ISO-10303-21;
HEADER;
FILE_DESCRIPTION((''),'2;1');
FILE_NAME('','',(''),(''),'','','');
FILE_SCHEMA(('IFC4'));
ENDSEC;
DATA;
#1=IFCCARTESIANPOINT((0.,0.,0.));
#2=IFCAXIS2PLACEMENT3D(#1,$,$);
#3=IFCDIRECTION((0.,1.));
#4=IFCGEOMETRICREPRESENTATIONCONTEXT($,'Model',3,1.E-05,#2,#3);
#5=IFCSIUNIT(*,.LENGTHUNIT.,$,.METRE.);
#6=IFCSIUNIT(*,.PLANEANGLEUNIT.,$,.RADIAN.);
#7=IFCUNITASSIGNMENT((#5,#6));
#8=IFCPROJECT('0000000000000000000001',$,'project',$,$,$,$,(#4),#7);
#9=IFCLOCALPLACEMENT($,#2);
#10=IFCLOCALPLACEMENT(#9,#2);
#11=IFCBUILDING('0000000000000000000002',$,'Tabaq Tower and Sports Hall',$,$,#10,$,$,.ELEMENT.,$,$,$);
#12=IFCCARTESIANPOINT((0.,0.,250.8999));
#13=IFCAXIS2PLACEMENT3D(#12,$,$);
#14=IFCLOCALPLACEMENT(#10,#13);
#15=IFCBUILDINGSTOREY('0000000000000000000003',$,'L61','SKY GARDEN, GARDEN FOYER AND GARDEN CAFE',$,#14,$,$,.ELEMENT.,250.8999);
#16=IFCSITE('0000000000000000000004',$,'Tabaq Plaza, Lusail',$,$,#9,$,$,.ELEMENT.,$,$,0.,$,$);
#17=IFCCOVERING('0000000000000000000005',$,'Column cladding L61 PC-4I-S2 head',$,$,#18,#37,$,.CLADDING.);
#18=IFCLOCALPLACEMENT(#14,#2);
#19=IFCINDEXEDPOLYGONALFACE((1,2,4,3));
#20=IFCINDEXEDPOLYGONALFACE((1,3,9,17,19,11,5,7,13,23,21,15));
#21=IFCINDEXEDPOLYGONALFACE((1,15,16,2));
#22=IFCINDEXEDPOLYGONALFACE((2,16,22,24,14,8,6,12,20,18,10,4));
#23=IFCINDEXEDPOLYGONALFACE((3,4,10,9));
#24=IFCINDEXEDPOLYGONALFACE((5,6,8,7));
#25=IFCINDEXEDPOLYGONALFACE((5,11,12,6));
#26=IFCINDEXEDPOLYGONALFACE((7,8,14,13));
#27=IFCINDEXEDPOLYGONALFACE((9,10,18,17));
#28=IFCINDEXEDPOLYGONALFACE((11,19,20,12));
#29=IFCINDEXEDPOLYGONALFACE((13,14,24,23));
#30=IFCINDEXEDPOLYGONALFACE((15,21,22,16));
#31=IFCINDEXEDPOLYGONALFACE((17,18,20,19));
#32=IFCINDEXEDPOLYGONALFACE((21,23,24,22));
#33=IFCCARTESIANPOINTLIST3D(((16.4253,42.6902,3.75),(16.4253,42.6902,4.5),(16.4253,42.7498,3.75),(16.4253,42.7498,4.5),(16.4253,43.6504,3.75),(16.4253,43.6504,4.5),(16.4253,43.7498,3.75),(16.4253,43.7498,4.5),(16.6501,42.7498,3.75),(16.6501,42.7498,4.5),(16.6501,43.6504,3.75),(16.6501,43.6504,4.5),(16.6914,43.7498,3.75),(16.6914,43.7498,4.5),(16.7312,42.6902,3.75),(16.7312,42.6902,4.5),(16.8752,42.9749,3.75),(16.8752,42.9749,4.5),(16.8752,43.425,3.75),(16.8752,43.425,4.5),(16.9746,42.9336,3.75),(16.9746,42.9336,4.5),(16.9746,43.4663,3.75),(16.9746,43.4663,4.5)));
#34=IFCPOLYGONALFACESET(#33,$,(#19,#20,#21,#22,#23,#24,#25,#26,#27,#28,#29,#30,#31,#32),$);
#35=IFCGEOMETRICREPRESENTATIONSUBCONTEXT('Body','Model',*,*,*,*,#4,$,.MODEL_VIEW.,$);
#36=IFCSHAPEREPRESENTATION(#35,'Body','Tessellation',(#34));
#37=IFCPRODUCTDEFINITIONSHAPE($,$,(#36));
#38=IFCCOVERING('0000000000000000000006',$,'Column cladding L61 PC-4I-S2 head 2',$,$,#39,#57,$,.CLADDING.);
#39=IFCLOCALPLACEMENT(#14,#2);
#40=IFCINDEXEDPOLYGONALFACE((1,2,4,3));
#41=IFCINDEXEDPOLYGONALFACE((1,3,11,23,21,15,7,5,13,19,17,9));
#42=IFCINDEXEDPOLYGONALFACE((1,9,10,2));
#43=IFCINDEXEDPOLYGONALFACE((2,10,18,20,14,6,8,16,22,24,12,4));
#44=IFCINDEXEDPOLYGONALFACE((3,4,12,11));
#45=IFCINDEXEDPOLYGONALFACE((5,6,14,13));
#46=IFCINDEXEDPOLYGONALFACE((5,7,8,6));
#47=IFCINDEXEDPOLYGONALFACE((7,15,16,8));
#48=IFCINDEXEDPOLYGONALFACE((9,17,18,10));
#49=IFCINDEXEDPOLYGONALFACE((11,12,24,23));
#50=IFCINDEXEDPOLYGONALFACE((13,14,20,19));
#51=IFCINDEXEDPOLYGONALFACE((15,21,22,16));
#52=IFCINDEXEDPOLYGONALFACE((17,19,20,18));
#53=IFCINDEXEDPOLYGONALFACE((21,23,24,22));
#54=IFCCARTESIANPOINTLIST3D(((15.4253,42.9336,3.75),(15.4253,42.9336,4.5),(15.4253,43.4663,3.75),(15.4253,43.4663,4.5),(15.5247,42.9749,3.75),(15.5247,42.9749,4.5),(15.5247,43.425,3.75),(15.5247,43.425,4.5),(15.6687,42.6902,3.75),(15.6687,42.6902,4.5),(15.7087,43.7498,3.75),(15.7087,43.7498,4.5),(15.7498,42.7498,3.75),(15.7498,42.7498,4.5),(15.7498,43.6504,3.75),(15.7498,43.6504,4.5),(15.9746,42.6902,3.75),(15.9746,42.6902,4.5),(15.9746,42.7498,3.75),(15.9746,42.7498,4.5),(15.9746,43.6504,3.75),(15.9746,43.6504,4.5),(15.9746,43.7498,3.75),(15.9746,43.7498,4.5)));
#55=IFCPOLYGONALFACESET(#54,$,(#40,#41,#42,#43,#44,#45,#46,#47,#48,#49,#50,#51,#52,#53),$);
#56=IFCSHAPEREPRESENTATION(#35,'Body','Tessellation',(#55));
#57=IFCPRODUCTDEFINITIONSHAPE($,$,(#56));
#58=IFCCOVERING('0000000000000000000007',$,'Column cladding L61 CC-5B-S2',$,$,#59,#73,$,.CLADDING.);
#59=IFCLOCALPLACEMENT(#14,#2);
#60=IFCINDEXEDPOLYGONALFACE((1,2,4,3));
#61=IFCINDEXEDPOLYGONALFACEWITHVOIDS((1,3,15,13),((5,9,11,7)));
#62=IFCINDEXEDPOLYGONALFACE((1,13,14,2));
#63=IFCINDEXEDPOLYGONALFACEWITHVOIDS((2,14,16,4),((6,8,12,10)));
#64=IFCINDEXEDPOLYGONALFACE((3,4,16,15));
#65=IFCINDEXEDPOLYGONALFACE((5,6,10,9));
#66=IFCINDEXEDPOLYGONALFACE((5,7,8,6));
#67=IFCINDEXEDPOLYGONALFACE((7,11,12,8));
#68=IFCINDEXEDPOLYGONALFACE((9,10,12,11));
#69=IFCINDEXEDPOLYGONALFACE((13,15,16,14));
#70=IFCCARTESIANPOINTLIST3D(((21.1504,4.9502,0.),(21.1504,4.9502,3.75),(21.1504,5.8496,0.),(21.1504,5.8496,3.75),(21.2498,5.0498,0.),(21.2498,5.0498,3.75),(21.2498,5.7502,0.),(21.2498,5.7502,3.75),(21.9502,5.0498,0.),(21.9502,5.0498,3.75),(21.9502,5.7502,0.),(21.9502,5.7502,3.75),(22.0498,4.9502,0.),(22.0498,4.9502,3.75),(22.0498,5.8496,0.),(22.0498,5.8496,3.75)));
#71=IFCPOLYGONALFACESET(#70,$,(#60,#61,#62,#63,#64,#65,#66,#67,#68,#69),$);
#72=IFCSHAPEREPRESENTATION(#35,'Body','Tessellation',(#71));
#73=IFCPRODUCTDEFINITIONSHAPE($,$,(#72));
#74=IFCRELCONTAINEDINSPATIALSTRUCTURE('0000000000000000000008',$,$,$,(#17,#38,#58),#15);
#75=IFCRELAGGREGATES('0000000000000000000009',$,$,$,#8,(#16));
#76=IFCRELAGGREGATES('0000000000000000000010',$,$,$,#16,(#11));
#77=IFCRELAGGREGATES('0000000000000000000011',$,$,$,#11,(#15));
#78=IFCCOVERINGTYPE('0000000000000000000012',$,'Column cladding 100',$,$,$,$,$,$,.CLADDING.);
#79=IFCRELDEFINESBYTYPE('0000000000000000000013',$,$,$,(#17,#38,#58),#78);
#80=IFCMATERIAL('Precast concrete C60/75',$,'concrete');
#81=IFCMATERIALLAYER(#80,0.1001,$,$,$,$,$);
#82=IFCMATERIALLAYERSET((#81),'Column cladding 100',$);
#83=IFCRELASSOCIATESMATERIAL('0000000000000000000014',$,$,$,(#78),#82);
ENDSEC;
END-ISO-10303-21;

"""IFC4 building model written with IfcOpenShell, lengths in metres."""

from ifc_helpers import new_model, si_unit, direction, frame, origin, place, context, subcontext, project, spatial, polyline, outline, extrude, material, layer, layer_set, type_object, element, save


model = new_model("IFC4")

# Units and contexts
model_context = context("Model", 3, precision=1e-05, world=origin(), true_north=direction((0.0, 1.0)))
body_context = subcontext(model_context, "Body", "Model", "MODEL_VIEW")
ifc_project = project(units=[si_unit("LENGTHUNIT", "METRE"), si_unit("PLANEANGLEUNIT", "RADIAN")], contexts=[model_context])

# Site, building, storey
site_placement = place(None, origin())
site = spatial("IfcSite", under=ifc_project, at=site_placement, Name="Tabaq Plaza, Lusail", CompositionType="ELEMENT", RefElevation=0.0)
building_placement = place(site_placement, origin())
building = spatial("IfcBuilding", under=site, at=building_placement, Name="Tabaq Tower and Sports Hall", CompositionType="ELEMENT")
storey_placement = place(building_placement, frame((0.0, 0.0, 250.8999)))
storey = spatial("IfcBuildingStorey", under=building, at=storey_placement, Name="L61", Description="SKY GARDEN, GARDEN FOYER AND GARDEN CAFE", CompositionType="ELEMENT", Elevation=250.8999)

# Coverings
ifc_material_1 = material(Name="Precast concrete C60/75", Category="concrete")
ifc_layer_1 = layer(ifc_material_1, 0.1001)
ifc_layer_set_1 = layer_set([ifc_layer_1], Name="Column cladding 100")
covering_type = type_object("IfcCoveringType", Name="Column cladding 100", PredefinedType="CLADDING", material=ifc_layer_set_1)
covering_1_placement = place(storey_placement, frame((0.0, 0.0, 3.75)))
element("IfcCovering", 1, at=covering_1_placement, inside=storey, type_object=covering_type, Name="Column cladding L61 PC-4I-S2 head", PredefinedType="CLADDING", context=body_context, shape_type="SweptSolid", body=[
    extrude(outline(polyline([(16.6501, 42.7498), (16.8752, 42.9749), (16.8752, 43.425), (16.6501, 43.6504), (16.4253, 43.6504), (16.4253, 43.7498), (16.6914, 43.7498), (16.9746, 43.4663), (16.9746, 42.9336), (16.7312, 42.6902), (16.4253, 42.6902), (16.4253, 42.7498), (16.6501, 42.7498)])), origin(), (0.0, 0.0, 1.0), 0.75),
])
covering_2_placement = place(storey_placement, frame((0.0, 0.0, 3.75)))
element("IfcCovering", 2, at=covering_2_placement, inside=storey, type_object=covering_type, Name="Column cladding L61 PC-4I-S2 head 2", PredefinedType="CLADDING", context=body_context, shape_type="SweptSolid", body=[
    extrude(outline(polyline([(15.7087, 43.7498), (15.9746, 43.7498), (15.9746, 43.6504), (15.7498, 43.6504), (15.5247, 43.425), (15.5247, 42.9749), (15.7498, 42.7498), (15.9746, 42.7498), (15.9746, 42.6902), (15.6687, 42.6902), (15.4253, 42.9336), (15.4253, 43.4663), (15.7087, 43.7498)])), origin(), (0.0, 0.0, 1.0), 0.75),
])
covering_3_placement = place(storey_placement, origin())
element("IfcCovering", 3, at=covering_3_placement, inside=storey, type_object=covering_type, Name="Column cladding L61 CC-5B-S2", PredefinedType="CLADDING", context=body_context, shape_type="SweptSolid", body=[
    extrude(outline(polyline([(21.1504, 5.8496), (22.0498, 5.8496), (22.0498, 4.9502), (21.1504, 4.9502), (21.1504, 5.8496)]), holes=[polyline([(21.9502, 5.0498), (21.9502, 5.7502), (21.2498, 5.7502), (21.2498, 5.0498), (21.9502, 5.0498)])]), origin(), (0.0, 0.0, 1.0), 3.75),
])

save(model, "model.ifc")
